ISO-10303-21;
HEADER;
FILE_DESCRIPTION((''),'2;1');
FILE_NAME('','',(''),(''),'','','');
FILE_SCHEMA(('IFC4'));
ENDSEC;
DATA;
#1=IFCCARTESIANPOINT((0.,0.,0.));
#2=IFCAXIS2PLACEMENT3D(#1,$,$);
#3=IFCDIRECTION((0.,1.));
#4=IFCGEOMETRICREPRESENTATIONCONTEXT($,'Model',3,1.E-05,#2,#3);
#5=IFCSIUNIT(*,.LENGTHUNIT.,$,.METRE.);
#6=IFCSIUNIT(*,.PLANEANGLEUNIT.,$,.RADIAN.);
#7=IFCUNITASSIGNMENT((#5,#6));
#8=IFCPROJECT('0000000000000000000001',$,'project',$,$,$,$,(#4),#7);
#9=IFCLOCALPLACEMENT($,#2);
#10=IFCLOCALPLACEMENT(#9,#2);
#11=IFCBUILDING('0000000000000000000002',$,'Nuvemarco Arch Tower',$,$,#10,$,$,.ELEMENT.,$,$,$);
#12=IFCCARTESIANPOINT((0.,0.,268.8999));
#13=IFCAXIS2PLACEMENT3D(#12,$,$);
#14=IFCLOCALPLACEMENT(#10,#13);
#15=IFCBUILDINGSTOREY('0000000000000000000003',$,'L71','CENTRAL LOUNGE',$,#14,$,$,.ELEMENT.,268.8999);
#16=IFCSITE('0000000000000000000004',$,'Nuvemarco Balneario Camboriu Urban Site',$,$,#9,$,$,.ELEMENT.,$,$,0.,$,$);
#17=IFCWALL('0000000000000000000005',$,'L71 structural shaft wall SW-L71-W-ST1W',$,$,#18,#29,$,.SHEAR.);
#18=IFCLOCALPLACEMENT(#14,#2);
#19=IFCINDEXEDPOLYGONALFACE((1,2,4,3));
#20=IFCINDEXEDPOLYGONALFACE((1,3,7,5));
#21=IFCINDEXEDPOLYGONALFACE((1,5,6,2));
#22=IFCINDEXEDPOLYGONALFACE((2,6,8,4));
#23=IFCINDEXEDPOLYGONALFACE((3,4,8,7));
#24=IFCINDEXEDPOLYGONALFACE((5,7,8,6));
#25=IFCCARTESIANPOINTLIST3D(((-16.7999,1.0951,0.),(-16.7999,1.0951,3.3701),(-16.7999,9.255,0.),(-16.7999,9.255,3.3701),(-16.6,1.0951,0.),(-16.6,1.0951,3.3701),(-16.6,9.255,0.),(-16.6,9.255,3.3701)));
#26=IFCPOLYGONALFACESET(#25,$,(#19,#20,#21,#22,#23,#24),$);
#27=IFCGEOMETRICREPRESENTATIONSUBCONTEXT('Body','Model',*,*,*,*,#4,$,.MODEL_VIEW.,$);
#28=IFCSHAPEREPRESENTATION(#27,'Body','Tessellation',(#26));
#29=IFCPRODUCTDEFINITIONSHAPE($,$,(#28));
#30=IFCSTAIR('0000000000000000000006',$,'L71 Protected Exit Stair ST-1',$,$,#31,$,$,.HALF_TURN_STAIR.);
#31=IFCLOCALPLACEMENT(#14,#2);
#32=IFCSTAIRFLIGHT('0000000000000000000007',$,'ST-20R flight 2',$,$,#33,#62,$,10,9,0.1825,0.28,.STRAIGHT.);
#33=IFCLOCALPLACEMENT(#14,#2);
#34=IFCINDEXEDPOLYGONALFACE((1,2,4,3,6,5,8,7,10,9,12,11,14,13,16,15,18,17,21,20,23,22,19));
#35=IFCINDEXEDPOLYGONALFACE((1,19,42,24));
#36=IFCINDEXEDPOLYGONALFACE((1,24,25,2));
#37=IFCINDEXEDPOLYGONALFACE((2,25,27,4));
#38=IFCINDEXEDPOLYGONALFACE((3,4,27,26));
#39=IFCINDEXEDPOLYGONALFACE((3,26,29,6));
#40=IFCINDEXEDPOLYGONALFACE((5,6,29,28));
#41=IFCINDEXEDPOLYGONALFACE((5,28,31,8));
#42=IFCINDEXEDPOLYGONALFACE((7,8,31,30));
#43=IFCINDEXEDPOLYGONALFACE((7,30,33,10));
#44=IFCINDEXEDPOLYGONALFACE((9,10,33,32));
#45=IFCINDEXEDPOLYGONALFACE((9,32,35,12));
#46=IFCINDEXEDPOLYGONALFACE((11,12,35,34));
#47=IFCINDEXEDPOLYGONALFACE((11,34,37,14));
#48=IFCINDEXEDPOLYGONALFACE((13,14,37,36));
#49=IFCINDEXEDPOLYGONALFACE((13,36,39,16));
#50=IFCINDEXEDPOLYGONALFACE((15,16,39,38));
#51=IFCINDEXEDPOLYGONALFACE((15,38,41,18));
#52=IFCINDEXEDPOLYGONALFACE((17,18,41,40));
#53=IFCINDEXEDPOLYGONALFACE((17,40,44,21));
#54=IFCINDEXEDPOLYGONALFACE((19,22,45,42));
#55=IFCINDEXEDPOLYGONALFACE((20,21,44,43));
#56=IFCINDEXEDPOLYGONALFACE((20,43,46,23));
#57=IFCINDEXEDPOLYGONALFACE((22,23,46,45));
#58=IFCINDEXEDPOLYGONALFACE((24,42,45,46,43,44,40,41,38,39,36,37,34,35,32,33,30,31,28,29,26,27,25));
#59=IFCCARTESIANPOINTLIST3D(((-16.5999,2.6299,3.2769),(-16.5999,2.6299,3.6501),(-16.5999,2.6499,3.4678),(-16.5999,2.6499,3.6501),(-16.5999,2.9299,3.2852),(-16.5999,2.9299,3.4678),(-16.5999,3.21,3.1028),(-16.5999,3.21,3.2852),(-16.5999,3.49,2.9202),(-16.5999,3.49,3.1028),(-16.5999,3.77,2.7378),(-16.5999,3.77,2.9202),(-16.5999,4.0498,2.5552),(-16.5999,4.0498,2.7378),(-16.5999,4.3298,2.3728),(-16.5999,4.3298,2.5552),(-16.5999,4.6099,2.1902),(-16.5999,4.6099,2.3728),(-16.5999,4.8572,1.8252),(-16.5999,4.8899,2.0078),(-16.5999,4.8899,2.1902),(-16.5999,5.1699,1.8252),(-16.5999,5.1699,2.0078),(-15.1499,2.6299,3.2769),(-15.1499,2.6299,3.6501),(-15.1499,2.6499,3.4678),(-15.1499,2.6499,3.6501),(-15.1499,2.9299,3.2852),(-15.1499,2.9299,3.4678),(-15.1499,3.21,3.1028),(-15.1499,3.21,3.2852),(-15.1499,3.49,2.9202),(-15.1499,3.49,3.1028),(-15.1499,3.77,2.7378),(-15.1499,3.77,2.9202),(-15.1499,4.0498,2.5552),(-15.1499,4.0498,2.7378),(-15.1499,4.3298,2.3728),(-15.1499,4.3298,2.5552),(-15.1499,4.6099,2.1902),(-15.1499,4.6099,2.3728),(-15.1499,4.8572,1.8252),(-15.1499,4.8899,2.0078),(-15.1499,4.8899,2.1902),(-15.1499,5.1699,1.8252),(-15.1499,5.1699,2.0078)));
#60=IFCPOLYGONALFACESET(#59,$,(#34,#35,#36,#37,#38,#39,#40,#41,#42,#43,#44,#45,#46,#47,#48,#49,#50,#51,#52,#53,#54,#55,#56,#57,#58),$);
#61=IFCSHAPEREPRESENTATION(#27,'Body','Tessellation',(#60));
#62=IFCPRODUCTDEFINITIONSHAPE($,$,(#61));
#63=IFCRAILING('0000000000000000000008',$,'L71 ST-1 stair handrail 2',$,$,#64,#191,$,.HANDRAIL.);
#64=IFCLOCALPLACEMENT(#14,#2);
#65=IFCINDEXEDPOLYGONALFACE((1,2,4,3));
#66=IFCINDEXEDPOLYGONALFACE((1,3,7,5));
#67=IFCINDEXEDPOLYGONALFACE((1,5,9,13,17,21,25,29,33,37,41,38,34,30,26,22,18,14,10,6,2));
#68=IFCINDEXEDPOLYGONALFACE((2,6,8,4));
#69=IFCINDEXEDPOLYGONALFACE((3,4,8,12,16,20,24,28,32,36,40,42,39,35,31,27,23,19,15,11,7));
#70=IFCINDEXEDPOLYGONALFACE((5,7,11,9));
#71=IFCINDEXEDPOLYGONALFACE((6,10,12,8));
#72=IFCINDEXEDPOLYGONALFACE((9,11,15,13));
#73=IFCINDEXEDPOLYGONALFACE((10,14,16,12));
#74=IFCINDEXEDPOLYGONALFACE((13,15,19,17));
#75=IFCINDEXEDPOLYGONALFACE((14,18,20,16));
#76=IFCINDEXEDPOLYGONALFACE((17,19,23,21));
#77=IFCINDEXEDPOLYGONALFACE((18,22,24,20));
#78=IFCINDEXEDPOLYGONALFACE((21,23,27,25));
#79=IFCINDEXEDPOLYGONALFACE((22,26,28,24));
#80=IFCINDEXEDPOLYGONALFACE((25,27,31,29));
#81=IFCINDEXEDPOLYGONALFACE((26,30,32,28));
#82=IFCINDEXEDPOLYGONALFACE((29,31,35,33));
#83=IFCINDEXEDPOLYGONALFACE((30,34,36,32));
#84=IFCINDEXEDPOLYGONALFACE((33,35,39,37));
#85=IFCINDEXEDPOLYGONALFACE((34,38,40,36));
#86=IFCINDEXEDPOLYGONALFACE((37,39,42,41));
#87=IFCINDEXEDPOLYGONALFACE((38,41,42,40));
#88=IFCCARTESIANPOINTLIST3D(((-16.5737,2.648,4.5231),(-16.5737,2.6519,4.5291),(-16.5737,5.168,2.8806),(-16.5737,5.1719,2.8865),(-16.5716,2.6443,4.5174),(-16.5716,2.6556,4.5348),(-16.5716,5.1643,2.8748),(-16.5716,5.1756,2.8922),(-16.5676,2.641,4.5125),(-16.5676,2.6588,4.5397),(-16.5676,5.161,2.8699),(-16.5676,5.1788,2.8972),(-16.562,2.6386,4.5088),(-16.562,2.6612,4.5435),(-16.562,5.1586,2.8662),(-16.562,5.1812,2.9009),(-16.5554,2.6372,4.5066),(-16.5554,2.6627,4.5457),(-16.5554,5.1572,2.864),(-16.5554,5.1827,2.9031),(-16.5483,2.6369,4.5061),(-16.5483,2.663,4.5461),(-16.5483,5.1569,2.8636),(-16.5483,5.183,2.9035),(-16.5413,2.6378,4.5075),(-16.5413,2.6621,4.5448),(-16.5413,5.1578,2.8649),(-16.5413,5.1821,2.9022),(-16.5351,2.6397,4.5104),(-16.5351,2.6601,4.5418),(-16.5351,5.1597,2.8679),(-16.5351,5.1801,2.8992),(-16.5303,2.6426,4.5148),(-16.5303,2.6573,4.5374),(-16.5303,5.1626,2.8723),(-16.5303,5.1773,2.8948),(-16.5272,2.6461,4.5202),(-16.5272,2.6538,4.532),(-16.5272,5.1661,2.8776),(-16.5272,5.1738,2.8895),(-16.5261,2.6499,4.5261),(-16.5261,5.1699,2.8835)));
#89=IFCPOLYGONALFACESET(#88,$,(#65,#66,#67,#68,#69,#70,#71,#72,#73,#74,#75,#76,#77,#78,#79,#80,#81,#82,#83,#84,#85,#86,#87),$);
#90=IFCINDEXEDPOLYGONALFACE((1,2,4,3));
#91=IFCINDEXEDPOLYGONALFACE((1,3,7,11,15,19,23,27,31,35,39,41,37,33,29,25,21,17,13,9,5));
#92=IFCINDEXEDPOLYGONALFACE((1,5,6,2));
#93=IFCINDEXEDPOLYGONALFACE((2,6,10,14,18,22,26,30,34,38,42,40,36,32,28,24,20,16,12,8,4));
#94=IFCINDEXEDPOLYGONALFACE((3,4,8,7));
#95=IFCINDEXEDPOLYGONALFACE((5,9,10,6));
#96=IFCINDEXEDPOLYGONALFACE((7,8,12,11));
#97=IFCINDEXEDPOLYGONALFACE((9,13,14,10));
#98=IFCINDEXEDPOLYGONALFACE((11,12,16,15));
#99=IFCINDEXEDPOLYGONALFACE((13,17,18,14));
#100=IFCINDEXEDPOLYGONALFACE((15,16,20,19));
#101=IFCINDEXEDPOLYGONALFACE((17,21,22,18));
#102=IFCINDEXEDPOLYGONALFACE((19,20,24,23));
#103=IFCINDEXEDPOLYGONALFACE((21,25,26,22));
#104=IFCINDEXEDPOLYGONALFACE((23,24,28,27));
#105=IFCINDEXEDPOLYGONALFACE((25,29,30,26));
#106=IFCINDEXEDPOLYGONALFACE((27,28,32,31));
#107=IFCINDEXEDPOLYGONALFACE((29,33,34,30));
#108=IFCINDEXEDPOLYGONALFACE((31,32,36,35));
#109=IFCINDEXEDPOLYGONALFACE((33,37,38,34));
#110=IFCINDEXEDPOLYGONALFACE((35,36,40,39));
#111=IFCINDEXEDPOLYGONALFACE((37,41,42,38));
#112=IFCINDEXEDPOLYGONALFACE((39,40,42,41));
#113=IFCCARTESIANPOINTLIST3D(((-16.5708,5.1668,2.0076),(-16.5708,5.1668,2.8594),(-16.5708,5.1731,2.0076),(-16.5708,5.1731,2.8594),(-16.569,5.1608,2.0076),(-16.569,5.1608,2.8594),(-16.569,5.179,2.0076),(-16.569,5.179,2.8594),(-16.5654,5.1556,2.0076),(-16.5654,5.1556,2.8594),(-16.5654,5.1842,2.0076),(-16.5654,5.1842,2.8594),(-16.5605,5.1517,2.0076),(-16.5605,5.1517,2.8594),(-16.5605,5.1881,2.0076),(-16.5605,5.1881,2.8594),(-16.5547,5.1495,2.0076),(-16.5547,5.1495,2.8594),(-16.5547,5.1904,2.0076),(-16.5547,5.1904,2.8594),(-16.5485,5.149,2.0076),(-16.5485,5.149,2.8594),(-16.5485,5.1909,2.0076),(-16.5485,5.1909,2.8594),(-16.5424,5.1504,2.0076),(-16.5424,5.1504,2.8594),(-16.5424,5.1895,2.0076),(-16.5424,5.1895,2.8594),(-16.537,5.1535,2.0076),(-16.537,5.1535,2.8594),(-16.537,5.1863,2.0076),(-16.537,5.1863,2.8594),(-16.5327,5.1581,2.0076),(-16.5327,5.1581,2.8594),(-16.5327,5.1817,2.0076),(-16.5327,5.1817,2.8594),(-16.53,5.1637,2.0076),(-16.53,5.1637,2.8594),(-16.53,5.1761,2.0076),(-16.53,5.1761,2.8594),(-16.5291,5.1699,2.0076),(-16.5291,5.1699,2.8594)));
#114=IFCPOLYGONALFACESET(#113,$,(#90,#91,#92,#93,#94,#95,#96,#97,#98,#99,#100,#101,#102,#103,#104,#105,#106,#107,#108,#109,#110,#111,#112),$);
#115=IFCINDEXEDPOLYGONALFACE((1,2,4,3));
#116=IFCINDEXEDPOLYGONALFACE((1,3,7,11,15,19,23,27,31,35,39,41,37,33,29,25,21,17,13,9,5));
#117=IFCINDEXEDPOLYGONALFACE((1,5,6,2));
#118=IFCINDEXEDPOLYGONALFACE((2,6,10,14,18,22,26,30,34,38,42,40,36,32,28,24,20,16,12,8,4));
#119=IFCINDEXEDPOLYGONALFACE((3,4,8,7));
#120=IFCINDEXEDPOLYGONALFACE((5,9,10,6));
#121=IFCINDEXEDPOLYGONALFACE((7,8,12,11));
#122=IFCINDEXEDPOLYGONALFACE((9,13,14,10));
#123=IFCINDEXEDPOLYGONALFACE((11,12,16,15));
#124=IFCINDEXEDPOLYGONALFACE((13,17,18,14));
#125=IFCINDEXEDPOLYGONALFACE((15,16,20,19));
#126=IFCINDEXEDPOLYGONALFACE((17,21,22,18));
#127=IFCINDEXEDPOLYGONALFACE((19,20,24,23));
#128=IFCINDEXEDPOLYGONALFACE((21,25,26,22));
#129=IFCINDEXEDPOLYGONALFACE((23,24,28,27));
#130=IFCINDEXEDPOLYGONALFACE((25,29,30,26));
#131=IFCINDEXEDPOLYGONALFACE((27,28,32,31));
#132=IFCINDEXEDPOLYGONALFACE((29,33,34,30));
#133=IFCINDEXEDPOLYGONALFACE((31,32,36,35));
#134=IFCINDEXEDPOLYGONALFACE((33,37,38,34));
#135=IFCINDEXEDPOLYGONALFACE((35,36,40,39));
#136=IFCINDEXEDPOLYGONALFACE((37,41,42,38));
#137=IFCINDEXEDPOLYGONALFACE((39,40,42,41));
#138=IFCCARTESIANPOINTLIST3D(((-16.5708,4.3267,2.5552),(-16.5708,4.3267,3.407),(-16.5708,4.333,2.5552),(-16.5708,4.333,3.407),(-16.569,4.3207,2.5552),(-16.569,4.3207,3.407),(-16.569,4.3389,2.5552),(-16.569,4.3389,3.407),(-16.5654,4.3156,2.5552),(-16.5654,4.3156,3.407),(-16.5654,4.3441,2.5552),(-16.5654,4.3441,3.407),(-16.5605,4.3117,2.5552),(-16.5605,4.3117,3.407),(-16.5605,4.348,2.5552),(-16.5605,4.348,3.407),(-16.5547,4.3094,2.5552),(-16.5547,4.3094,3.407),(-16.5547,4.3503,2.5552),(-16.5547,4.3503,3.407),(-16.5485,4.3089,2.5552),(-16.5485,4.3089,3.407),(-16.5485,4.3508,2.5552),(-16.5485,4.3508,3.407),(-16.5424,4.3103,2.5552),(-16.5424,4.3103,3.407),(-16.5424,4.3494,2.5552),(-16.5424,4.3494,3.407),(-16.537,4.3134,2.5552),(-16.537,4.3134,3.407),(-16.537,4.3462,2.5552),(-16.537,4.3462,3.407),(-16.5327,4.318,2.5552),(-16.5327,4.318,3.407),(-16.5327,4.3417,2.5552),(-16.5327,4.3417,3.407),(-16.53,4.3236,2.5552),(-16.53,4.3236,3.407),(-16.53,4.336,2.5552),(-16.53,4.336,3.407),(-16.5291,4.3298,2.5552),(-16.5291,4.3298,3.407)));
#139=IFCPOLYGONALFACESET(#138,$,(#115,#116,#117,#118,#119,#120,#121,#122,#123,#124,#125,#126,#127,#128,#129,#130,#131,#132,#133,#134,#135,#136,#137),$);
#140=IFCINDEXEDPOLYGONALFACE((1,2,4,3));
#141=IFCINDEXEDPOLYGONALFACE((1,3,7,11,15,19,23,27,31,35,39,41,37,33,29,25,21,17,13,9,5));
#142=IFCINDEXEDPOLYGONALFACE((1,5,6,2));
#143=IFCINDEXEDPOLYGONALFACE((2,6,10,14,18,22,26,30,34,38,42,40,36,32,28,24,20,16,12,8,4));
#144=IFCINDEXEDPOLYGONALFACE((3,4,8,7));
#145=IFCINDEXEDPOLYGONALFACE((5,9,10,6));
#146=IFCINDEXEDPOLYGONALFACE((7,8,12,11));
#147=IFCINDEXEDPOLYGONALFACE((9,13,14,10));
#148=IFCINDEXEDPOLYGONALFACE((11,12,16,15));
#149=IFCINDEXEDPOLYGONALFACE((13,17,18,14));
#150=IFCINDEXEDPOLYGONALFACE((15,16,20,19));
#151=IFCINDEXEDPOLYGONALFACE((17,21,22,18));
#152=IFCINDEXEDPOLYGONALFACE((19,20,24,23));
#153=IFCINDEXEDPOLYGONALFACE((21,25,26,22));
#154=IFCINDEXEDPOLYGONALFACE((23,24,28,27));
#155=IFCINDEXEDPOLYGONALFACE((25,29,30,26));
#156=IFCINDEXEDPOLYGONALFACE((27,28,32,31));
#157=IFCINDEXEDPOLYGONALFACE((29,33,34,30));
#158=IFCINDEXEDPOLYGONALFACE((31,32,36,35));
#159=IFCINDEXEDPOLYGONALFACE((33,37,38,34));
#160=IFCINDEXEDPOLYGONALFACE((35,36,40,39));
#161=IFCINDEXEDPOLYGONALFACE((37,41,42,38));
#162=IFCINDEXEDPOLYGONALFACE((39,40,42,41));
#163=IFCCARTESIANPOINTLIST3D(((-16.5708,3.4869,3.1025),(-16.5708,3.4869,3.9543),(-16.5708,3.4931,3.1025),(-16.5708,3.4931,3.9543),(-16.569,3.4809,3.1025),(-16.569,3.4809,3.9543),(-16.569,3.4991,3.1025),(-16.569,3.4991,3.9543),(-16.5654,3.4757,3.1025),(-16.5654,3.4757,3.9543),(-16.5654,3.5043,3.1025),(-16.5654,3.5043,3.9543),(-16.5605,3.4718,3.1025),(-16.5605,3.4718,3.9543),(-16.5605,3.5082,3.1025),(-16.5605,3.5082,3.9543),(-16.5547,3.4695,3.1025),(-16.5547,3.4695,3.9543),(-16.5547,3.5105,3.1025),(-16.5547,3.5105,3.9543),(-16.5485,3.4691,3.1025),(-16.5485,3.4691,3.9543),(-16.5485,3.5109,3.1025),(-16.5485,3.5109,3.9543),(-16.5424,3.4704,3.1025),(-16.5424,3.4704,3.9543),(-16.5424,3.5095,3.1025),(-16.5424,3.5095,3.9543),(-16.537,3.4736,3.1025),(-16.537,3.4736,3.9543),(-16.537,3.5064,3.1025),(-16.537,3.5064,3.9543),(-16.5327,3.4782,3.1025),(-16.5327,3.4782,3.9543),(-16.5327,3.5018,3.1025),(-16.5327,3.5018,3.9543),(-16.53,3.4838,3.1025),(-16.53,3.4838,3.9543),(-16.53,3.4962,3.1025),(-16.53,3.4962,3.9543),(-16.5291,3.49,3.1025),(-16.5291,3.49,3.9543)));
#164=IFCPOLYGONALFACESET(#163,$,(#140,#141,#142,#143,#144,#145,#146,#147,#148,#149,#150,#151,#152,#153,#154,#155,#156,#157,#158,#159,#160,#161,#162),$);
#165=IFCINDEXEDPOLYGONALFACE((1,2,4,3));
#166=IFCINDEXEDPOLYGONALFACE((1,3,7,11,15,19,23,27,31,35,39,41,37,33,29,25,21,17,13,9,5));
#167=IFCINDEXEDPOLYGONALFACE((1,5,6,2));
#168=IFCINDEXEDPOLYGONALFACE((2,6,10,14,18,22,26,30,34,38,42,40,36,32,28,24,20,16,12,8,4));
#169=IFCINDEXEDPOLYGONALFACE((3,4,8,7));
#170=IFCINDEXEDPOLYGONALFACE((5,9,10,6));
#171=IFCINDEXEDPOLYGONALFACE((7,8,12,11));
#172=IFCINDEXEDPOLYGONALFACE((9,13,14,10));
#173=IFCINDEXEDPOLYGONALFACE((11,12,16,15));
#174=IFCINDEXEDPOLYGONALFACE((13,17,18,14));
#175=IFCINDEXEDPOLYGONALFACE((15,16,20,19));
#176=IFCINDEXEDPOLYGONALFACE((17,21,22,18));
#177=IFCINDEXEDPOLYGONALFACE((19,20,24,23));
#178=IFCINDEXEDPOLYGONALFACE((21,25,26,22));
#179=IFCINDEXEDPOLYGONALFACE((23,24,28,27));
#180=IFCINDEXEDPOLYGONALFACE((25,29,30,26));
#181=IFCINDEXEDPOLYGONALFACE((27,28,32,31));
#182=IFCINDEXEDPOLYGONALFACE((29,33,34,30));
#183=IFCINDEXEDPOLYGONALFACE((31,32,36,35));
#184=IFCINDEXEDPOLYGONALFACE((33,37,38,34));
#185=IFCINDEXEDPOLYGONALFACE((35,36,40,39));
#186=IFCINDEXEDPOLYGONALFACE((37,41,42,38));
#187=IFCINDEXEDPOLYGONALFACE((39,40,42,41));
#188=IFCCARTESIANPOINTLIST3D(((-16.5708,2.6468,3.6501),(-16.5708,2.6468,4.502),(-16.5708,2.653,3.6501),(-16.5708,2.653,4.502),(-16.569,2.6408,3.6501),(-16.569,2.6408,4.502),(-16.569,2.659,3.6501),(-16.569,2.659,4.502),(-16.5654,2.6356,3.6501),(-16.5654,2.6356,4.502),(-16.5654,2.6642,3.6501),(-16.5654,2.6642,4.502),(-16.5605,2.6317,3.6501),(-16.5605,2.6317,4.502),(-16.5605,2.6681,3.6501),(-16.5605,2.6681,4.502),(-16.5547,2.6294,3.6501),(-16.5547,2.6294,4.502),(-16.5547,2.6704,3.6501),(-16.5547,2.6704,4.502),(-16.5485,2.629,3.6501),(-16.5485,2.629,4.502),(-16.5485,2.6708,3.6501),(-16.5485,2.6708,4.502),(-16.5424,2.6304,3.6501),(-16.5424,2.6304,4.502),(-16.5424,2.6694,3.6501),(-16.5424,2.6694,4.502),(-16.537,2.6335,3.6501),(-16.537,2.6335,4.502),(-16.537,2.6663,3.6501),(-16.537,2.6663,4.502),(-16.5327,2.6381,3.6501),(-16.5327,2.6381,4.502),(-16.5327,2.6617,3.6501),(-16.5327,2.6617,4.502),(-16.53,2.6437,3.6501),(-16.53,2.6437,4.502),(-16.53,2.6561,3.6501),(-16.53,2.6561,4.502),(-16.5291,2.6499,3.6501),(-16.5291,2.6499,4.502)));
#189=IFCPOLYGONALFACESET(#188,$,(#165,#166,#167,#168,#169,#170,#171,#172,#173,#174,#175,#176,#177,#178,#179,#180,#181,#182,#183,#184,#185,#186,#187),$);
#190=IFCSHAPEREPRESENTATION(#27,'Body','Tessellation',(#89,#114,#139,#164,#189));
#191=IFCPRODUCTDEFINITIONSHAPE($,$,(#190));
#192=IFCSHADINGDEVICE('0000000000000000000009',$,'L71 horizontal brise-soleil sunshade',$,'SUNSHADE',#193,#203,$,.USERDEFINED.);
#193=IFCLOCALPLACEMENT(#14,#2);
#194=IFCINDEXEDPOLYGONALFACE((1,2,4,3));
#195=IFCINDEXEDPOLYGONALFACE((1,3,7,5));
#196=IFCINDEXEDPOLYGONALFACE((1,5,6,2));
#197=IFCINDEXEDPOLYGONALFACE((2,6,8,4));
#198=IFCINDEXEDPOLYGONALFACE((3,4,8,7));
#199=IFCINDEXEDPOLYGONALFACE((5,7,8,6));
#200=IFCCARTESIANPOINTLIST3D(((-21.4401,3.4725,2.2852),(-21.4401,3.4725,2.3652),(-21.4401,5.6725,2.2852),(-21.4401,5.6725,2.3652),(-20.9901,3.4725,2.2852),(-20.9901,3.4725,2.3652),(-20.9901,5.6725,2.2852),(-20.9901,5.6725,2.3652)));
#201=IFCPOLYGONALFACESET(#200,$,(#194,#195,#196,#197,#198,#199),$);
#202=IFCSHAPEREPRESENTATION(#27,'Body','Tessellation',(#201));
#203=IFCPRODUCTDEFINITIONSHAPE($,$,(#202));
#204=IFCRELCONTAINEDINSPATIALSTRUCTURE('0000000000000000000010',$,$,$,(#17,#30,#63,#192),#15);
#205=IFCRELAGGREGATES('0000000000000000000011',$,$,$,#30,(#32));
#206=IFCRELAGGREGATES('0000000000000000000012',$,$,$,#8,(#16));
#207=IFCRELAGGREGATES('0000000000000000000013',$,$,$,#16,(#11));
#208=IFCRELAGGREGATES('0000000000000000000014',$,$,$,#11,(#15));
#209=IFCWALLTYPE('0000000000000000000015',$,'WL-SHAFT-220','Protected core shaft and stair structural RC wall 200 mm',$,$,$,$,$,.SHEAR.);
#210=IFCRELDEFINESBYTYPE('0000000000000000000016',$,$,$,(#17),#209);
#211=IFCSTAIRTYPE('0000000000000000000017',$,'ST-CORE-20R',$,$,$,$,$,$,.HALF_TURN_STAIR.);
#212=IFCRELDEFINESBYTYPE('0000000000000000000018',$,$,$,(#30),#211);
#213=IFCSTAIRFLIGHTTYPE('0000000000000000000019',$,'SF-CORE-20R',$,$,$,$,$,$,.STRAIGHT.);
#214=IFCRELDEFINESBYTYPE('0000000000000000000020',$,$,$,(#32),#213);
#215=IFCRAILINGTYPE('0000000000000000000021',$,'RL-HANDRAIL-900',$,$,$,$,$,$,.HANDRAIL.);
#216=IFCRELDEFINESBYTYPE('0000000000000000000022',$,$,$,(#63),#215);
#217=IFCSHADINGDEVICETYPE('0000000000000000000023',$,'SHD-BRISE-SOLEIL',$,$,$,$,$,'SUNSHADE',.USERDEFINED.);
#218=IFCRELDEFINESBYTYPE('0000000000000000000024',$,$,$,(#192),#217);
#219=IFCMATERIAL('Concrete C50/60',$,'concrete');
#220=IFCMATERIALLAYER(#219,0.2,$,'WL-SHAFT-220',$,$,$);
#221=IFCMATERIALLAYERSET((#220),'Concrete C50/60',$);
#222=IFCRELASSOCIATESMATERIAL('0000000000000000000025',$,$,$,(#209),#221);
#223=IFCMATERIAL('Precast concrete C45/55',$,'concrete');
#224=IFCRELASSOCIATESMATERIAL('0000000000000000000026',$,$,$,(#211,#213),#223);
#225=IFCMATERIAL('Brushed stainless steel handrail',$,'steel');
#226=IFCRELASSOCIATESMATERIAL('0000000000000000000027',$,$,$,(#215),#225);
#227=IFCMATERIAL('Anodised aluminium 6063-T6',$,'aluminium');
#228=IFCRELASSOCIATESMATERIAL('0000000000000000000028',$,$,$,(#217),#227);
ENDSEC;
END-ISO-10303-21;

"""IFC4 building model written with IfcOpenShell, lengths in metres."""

from ifc_helpers import new_model, si_unit, direction, frame, frame_2d, origin, origin_2d, place, context, subcontext, project, spatial, polyline, rectangle, circle, outline, extrude, source, transform, mapped, material, layer, layer_set, type_object, type_shapes, element, aggregate, save


model = new_model("IFC4")

# Units and contexts
model_context = context("Model", 3, precision=1e-05, world=origin(), true_north=direction((0.0, 1.0)))
body_context = subcontext(model_context, "Body", "Model", "MODEL_VIEW")
ifc_project = project(units=[si_unit("LENGTHUNIT", "METRE"), si_unit("PLANEANGLEUNIT", "RADIAN")], contexts=[model_context])

# Site, building, storey
site_placement = place(None, origin())
site = spatial("IfcSite", under=ifc_project, at=site_placement, Name="Nuvemarco Balneario Camboriu Urban Site", CompositionType="ELEMENT", RefElevation=0.0)
building_placement = place(site_placement, origin())
building = spatial("IfcBuilding", under=site, at=building_placement, Name="Nuvemarco Arch Tower", CompositionType="ELEMENT")
storey_placement = place(building_placement, frame((0.0, 0.0, 268.8999)))
storey = spatial("IfcBuildingStorey", under=building, at=storey_placement, Name="L71", Description="CENTRAL LOUNGE", CompositionType="ELEMENT", Elevation=268.8999)

# Shared definitions
ifc_material_1 = material(Name="Concrete C50/60", Category="concrete")

# Shared definitions
ifc_material_2 = material(Name="Precast concrete C45/55", Category="concrete")

# Wall
ifc_layer_1 = layer(ifc_material_1, 0.2, Name="WL-SHAFT-220")
ifc_layer_set_1 = layer_set([ifc_layer_1], Name="Concrete C50/60")
wall_type_1 = type_object("IfcWallType", Name="WL-SHAFT-220", Description="Protected core shaft and stair structural RC wall 200 mm", PredefinedType="SHEAR", material=ifc_layer_set_1)
wall_1_placement = place(storey_placement, frame((-16.7, 1.095, 0.0), z_axis=(0.0, 0.0, 1.0), x_axis=(0.0, 1.0, 0.0)))
element("IfcWall", 1, at=wall_1_placement, inside=storey, type_object=wall_type_1, Name="L71 structural shaft wall SW-L71-W-ST1W", PredefinedType="SHEAR", context=body_context, shape_type="SweptSolid", body=[
    extrude(rectangle(XDim=8.1599, YDim=0.2, at=frame_2d((4.0801, 0.0))), origin(), (0.0, 0.0, 1.0), 3.3701),
])

# Stair, stair flight
stair_type = type_object("IfcStairType", Name="ST-CORE-20R", PredefinedType="HALF_TURN_STAIR", material=ifc_material_2)
stair_placement = place(storey_placement, origin())
stair = element("IfcStair", 2, at=stair_placement, inside=storey, type_object=stair_type, Name="L71 Protected Exit Stair ST-1", PredefinedType="HALF_TURN_STAIR")
stair_flight_type = type_object("IfcStairFlightType", Name="SF-CORE-20R", PredefinedType="STRAIGHT", material=ifc_material_2)
stair_flight_placement = place(storey_placement, frame((-15.875, 5.1699, 1.8252), z_axis=(0.0, 0.0, 1.0), x_axis=(0.0, -1.0, 0.0)))
stair_flight = element("IfcStairFlight", 3, at=stair_flight_placement, type_object=stair_flight_type, Name="ST-20R flight 2", NumberOfRisers=10, NumberOfTreads=9, PredefinedType="STRAIGHT", RiserHeight=0.1825, TreadLength=0.28, context=body_context, shape_type="SweptSolid", body=[
    extrude(outline(polyline([(0.0, 0.0), (0.0, 0.1826), (0.28, 0.1826), (0.28, 0.365), (0.5601, 0.365), (0.5601, 0.5476), (0.8401, 0.5476), (0.8401, 0.73), (1.1201, 0.73), (1.1201, 0.9126), (1.3999, 0.9126), (1.3999, 1.095), (1.6799, 1.095), (1.6799, 1.2776), (1.96, 1.2776), (1.96, 1.46), (2.24, 1.46), (2.24, 1.6426), (2.52, 1.6426), (2.52, 1.825), (2.54, 1.825), (2.54, 1.4517), (0.3127, 0.0), (0.0, 0.0)])), frame((0.0, 0.7251, 0.0), z_axis=(0.0, -1.0, 0.0), x_axis=(1.0, 0.0, 0.0)), (0.0, 0.0, 1.0), 1.45),
])
aggregate(stair, [stair_flight])

# Railing
ifc_material_3 = material(Name="Brushed stainless steel handrail", Category="steel")
railing_type = type_object("IfcRailingType", Name="RL-HANDRAIL-900", PredefinedType="HANDRAIL", material=ifc_material_3)
railing_placement = place(storey_placement, frame((-16.55, 5.1699, 2.0076)))
element("IfcRailing", 4, at=railing_placement, inside=storey, type_object=railing_type, Name="L71 ST-1 stair handrail 2", PredefinedType="HANDRAIL", context=body_context, shape_type="SweptSolid", body=[
    extrude(circle(Radius=0.0239, at=origin_2d()), frame((0.0, 0.0, 0.876), z_axis=(0.0, -0.837749, 0.546055), x_axis=(1.0, 0.0, 0.0)), (0.0, 0.0, 1.0), 3.0081),
    extrude(circle(Radius=0.021, at=origin_2d()), origin(), (0.0, 0.0, 1.0), 0.8518),
    extrude(circle(Radius=0.021, at=origin_2d()), frame((0.0, -0.8401, 0.5476)), (0.0, 0.0, 1.0), 0.8518),
    extrude(circle(Radius=0.021, at=origin_2d()), frame((0.0, -1.6799, 1.095)), (0.0, 0.0, 1.0), 0.8518),
    extrude(circle(Radius=0.021, at=origin_2d()), frame((0.0, -2.52, 1.6426)), (0.0, 0.0, 1.0), 0.8518),
])

# Shading device
ifc_material_4 = material(Name="Anodised aluminium 6063-T6", Category="aluminium")
shading_device_type = type_object("IfcShadingDeviceType", Name="SHD-BRISE-SOLEIL", ElementType="SUNSHADE", PredefinedType="USERDEFINED", material=ifc_material_4)
shared_shape = source(origin(), body_context, "Body", "SweptSolid", [
    extrude(rectangle(XDim=2.2, YDim=0.45, at=origin_2d()), origin(), (0.0, 0.0, 1.0), 0.0801),
])
type_shapes(shading_device_type, [shared_shape])
for number, where, z_axis, x_axis, name in (
    (5, (-21.2151, 4.5725, 2.2852), (0.0, 0.0, 1.0), (0.0, 1.0, 0.0), "L71 horizontal brise-soleil sunshade"),
):
    element("IfcShadingDevice", number, at=place(storey_placement, frame(where, z_axis=z_axis, x_axis=x_axis)), inside=storey, type_object=shading_device_type, Name=name, ObjectType="SUNSHADE", PredefinedType="USERDEFINED", context=body_context, shape_type="MappedRepresentation", body=[
        mapped(shared_shape, transform((0.0, 0.0, 0.0), scale=1.0)),
    ])

save(model, "model.ifc")
